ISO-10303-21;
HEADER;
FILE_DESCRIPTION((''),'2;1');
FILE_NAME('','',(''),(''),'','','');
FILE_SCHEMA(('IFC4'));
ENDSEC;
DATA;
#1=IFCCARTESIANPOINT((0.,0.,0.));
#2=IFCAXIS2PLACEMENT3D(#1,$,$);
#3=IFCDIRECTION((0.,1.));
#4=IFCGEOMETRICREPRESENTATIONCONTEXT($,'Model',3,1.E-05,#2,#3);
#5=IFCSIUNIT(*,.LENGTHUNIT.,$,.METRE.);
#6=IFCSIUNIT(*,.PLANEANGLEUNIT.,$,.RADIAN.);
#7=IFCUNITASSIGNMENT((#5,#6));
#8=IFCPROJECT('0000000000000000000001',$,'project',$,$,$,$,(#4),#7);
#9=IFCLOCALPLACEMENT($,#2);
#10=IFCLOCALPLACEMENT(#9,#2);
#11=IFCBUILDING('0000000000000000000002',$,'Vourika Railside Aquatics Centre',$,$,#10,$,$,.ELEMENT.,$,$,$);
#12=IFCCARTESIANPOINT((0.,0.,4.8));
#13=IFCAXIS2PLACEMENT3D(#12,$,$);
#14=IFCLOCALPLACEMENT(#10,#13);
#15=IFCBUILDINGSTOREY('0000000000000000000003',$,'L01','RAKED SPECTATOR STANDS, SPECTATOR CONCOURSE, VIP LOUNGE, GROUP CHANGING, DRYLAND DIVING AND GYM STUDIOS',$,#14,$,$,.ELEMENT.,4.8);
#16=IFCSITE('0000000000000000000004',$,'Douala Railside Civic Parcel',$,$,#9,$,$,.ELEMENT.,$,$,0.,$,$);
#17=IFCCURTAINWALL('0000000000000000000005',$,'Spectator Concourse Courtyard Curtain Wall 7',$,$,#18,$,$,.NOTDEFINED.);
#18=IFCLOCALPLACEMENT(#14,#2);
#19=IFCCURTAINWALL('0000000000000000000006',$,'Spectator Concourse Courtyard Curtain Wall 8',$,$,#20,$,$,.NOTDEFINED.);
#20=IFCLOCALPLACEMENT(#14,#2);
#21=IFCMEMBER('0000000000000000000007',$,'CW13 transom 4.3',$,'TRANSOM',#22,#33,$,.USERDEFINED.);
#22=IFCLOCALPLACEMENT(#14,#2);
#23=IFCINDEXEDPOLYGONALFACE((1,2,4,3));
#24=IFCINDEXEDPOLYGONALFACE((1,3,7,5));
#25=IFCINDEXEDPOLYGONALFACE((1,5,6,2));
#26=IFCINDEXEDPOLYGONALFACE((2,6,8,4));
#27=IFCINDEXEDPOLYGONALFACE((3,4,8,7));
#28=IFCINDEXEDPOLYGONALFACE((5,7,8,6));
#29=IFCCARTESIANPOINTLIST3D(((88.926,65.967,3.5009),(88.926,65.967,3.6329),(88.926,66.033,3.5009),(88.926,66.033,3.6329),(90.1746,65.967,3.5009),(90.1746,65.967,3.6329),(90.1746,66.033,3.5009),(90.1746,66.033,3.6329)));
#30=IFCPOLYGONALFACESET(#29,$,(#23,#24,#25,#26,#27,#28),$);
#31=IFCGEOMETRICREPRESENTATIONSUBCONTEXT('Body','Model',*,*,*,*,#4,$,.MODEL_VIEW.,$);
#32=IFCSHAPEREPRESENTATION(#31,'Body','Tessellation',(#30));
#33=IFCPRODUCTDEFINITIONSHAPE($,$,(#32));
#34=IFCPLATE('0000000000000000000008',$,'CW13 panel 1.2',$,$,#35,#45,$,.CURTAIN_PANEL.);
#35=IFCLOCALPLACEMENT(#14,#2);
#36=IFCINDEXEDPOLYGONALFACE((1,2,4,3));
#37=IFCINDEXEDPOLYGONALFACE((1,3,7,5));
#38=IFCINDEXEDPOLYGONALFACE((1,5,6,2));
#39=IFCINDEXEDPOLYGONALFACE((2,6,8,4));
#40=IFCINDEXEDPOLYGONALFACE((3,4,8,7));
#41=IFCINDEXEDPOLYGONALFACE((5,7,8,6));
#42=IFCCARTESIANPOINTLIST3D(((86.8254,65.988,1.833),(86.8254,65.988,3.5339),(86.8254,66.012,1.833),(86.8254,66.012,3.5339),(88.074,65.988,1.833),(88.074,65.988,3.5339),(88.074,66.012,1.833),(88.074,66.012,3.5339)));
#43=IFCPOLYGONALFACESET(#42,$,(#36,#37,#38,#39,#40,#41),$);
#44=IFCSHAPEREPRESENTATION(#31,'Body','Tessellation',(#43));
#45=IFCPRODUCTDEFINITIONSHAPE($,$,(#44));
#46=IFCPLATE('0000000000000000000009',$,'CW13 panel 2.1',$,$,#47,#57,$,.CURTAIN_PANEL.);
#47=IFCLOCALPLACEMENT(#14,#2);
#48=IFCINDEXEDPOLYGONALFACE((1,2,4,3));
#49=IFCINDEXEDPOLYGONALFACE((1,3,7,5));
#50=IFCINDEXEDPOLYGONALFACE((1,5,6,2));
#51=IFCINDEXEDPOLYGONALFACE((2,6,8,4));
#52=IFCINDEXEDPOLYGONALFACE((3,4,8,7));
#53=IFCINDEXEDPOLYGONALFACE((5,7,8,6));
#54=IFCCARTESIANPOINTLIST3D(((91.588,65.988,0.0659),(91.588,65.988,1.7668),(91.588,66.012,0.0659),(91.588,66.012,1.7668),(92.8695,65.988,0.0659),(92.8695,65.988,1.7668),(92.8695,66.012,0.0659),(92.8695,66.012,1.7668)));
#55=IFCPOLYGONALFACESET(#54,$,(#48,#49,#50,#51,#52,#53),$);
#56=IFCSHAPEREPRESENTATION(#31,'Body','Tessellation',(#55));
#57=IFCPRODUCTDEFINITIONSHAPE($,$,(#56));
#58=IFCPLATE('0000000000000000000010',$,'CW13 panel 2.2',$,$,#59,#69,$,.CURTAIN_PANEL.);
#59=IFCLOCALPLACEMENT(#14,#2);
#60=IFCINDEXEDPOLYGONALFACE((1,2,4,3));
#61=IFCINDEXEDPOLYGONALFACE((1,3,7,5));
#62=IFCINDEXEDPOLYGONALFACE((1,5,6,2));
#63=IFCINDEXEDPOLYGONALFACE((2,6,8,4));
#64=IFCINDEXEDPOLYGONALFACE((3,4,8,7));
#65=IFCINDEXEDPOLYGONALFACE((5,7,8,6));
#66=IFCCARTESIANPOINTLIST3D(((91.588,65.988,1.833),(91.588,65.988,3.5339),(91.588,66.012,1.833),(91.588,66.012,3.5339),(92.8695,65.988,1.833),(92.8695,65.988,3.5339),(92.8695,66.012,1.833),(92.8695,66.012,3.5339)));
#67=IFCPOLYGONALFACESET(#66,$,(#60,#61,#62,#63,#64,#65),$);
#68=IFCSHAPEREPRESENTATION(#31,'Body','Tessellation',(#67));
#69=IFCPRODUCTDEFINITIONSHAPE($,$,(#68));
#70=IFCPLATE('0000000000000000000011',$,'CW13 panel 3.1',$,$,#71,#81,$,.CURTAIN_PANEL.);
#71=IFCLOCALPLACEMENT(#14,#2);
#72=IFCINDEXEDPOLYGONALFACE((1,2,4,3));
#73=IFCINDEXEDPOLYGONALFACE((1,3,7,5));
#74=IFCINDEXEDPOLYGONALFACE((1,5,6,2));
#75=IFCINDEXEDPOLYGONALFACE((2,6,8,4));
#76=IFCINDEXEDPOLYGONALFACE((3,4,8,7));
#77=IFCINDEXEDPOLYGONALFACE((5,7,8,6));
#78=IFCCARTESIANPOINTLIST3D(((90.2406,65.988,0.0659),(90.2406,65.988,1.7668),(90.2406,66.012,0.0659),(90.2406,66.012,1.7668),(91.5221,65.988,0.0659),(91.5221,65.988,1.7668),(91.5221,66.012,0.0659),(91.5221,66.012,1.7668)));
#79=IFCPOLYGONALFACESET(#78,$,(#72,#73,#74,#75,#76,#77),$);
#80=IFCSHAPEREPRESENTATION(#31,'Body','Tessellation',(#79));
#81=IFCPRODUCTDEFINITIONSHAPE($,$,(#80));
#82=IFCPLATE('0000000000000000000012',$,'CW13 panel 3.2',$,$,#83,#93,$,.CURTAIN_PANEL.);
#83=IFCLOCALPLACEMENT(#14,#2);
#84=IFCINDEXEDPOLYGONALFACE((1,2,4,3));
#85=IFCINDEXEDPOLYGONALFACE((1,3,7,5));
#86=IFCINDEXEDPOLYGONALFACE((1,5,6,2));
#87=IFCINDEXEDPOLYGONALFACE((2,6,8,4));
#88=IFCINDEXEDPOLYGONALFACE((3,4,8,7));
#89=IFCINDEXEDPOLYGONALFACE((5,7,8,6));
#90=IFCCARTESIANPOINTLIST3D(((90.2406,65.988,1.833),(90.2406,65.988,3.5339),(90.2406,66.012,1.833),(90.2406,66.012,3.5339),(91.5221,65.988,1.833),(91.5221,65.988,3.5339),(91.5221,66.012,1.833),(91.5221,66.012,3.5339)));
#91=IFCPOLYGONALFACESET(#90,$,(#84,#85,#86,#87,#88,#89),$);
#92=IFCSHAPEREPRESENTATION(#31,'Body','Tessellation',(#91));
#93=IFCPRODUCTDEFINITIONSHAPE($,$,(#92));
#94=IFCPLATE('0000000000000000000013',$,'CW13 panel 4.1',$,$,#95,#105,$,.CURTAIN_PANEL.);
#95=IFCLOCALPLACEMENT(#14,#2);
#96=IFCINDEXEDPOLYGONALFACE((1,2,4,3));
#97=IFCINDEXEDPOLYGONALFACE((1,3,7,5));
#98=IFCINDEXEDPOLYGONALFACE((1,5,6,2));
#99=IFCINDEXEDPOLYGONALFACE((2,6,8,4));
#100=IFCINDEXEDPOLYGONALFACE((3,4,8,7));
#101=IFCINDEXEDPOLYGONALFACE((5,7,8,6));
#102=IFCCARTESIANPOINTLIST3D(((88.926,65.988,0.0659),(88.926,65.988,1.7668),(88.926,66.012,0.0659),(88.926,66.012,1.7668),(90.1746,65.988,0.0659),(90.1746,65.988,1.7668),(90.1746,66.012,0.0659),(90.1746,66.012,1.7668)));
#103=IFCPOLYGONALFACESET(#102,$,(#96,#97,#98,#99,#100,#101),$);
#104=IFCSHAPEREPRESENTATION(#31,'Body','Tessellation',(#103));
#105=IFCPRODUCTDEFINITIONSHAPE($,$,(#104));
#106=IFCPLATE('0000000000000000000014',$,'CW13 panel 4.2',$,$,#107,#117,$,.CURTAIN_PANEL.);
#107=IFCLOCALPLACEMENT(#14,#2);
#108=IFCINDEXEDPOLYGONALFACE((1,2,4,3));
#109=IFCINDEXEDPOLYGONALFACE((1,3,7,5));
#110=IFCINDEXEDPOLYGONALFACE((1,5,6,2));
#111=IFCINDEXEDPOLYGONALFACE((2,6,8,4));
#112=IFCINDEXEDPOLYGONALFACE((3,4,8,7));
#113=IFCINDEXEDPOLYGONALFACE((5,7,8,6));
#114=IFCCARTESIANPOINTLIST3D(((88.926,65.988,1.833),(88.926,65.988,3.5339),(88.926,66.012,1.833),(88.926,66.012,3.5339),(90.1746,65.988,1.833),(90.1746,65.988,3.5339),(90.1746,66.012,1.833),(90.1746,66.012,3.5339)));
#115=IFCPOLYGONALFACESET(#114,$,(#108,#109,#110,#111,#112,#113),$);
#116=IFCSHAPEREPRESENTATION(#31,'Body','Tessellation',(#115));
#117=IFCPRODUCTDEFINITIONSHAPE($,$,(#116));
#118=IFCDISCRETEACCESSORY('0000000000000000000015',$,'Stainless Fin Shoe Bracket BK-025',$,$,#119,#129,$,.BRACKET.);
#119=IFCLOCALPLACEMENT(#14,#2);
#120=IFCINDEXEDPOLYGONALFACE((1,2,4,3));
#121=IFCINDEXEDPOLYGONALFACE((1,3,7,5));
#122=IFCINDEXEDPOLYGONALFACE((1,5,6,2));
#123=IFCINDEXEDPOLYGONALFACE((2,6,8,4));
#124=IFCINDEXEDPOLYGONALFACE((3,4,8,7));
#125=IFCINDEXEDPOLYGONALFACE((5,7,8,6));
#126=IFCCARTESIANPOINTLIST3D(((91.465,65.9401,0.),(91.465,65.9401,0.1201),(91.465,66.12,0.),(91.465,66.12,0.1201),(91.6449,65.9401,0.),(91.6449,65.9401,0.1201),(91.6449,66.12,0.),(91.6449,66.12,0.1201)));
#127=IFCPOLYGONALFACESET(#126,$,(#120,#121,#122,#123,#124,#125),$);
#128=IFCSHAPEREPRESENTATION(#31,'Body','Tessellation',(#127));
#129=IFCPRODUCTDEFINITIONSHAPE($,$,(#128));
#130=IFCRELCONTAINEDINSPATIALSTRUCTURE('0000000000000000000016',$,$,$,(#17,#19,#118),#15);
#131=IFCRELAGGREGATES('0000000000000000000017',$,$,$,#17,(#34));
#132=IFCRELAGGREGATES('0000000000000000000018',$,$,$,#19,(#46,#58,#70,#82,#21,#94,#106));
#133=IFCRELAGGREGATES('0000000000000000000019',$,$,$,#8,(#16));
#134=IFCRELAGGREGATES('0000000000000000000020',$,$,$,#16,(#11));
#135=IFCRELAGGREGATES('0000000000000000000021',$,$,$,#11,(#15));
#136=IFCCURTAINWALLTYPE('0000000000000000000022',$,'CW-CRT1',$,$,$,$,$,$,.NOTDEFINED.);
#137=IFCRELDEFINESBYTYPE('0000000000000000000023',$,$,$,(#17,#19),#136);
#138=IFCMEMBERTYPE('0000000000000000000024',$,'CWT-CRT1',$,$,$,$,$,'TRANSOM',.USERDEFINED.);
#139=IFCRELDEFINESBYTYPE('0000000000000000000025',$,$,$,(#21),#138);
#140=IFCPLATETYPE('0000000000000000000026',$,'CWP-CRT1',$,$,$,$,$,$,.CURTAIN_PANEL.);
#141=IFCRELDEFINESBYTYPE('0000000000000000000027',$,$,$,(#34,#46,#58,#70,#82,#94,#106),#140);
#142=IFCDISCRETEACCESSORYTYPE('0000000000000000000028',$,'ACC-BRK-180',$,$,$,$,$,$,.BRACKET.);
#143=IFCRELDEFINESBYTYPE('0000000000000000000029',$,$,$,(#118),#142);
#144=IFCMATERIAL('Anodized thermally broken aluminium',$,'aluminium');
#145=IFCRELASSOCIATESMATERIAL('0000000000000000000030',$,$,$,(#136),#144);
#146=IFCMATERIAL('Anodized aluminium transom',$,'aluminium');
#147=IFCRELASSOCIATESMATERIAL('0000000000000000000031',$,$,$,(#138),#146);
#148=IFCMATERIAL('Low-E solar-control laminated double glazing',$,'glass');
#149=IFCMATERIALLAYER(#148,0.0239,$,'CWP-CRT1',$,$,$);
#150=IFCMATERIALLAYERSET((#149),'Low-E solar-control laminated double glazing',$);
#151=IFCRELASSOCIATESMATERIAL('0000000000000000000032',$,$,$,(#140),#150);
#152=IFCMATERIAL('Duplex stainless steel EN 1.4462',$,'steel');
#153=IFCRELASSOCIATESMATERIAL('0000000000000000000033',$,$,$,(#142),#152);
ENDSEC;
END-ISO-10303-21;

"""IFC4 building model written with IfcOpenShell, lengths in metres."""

from ifc_helpers import new_model, si_unit, direction, frame, origin, origin_2d, place, context, subcontext, project, spatial, rectangle, extrude, material, layer, layer_set, material_profile, profile_set, type_object, element, aggregate, save


model = new_model("IFC4")

# Units and contexts
model_context = context("Model", 3, precision=1e-05, world=origin(), true_north=direction((0.0, 1.0)))
body_context = subcontext(model_context, "Body", "Model", "MODEL_VIEW")
ifc_project = project(units=[si_unit("LENGTHUNIT", "METRE"), si_unit("PLANEANGLEUNIT", "RADIAN")], contexts=[model_context])

# Site, building, storey
site_placement = place(None, origin())
site = spatial("IfcSite", under=ifc_project, at=site_placement, Name="Douala Railside Civic Parcel", CompositionType="ELEMENT", RefElevation=0.0)
building_placement = place(site_placement, origin())
building = spatial("IfcBuilding", under=site, at=building_placement, Name="Vourika Railside Aquatics Centre", CompositionType="ELEMENT")
storey_placement = place(building_placement, frame((0.0, 0.0, 4.8)))
storey = spatial("IfcBuildingStorey", under=building, at=storey_placement, Name="L01", Description="RAKED SPECTATOR STANDS, SPECTATOR CONCOURSE, VIP LOUNGE, GROUP CHANGING, DRYLAND DIVING AND GYM STUDIOS", CompositionType="ELEMENT", Elevation=4.8)

# Curtain wall
ifc_material_1 = material(Name="Anodized thermally broken aluminium", Category="aluminium")
curtain_wall_type = type_object("IfcCurtainWallType", Name="CW-CRT1", PredefinedType="NOTDEFINED", material=ifc_material_1)
curtain_wall_1_placement = place(storey_placement, origin())
curtain_wall_1 = element("IfcCurtainWall", 1, at=curtain_wall_1_placement, inside=storey, type_object=curtain_wall_type, Name="Spectator Concourse Courtyard Curtain Wall 7", PredefinedType="NOTDEFINED")

# Curtain wall
curtain_wall_2_placement = place(storey_placement, origin())
curtain_wall_2 = element("IfcCurtainWall", 2, at=curtain_wall_2_placement, inside=storey, type_object=curtain_wall_type, Name="Spectator Concourse Courtyard Curtain Wall 8", PredefinedType="NOTDEFINED")

# Member
ifc_material_2 = material(Name="Anodized aluminium transom", Category="aluminium")
ifc_material_profile_1 = material_profile(ifc_material_2, rectangle(XDim=0.0659, YDim=0.1321, at=origin_2d()), Name="ALU-T 66x132")
ifc_profile_set_1 = profile_set([ifc_material_profile_1], Name="Anodized aluminium transom")
member_type_1 = type_object("IfcMemberType", Name="CWT-CRT1", ElementType="TRANSOM", PredefinedType="USERDEFINED", material=ifc_profile_set_1)
member_1_placement = place(storey_placement, frame((90.1746, 66.0, 3.5669), z_axis=(-1.0, 0.0, 0.0), x_axis=(0.0, -1.0, 0.0)))
member_1 = element("IfcMember", 3, at=member_1_placement, type_object=member_type_1, Name="CW13 transom 4.3", ObjectType="TRANSOM", PredefinedType="USERDEFINED", context=body_context, shape_type="SweptSolid", body=[
    extrude(rectangle(XDim=0.0659, YDim=0.1321, at=origin_2d()), origin(), (0.0, 0.0, 1.0), 1.2485),
])

# Plates
ifc_material_3 = material(Name="Low-E solar-control laminated double glazing", Category="glass")
ifc_layer = layer(ifc_material_3, 0.0239, Name="CWP-CRT1")
ifc_layer_set = layer_set([ifc_layer], Name="Low-E solar-control laminated double glazing")
plate_type = type_object("IfcPlateType", Name="CWP-CRT1", PredefinedType="CURTAIN_PANEL", material=ifc_layer_set)
plate_1_placement = place(storey_placement, frame((87.4497, 66.0, 1.833), z_axis=(0.0, 0.0, 1.0), x_axis=(-1.0, 0.0, 0.0)))
plate_1 = element("IfcPlate", 4, at=plate_1_placement, type_object=plate_type, Name="CW13 panel 1.2", PredefinedType="CURTAIN_PANEL", context=body_context, shape_type="SweptSolid", body=[
    extrude(rectangle(XDim=1.2485, YDim=0.0239, at=origin_2d()), origin(), (0.0, 0.0, 1.0), 1.7009),
])
aggregate(curtain_wall_1, [plate_1])
plate_2_placement = place(storey_placement, frame((92.2288, 66.0, 0.0659), z_axis=(0.0, 0.0, 1.0), x_axis=(-1.0, 0.0, 0.0)))
plate_2 = element("IfcPlate", 5, at=plate_2_placement, type_object=plate_type, Name="CW13 panel 2.1", PredefinedType="CURTAIN_PANEL", context=body_context, shape_type="SweptSolid", body=[
    extrude(rectangle(XDim=1.2815, YDim=0.0239, at=origin_2d()), origin(), (0.0, 0.0, 1.0), 1.7009),
])
plate_3_placement = place(storey_placement, frame((92.2288, 66.0, 1.833), z_axis=(0.0, 0.0, 1.0), x_axis=(-1.0, 0.0, 0.0)))
plate_3 = element("IfcPlate", 6, at=plate_3_placement, type_object=plate_type, Name="CW13 panel 2.2", PredefinedType="CURTAIN_PANEL", context=body_context, shape_type="SweptSolid", body=[
    extrude(rectangle(XDim=1.2815, YDim=0.0239, at=origin_2d()), origin(), (0.0, 0.0, 1.0), 1.7009),
])
plate_4_placement = place(storey_placement, frame((90.8813, 66.0, 0.0659), z_axis=(0.0, 0.0, 1.0), x_axis=(-1.0, 0.0, 0.0)))
plate_4 = element("IfcPlate", 7, at=plate_4_placement, type_object=plate_type, Name="CW13 panel 3.1", PredefinedType="CURTAIN_PANEL", context=body_context, shape_type="SweptSolid", body=[
    extrude(rectangle(XDim=1.2815, YDim=0.0239, at=origin_2d()), origin(), (0.0, 0.0, 1.0), 1.7009),
])
plate_5_placement = place(storey_placement, frame((90.8813, 66.0, 1.833), z_axis=(0.0, 0.0, 1.0), x_axis=(-1.0, 0.0, 0.0)))
plate_5 = element("IfcPlate", 8, at=plate_5_placement, type_object=plate_type, Name="CW13 panel 3.2", PredefinedType="CURTAIN_PANEL", context=body_context, shape_type="SweptSolid", body=[
    extrude(rectangle(XDim=1.2815, YDim=0.0239, at=origin_2d()), origin(), (0.0, 0.0, 1.0), 1.7009),
])
plate_6_placement = place(storey_placement, frame((89.5503, 66.0, 0.0659), z_axis=(0.0, 0.0, 1.0), x_axis=(-1.0, 0.0, 0.0)))
plate_6 = element("IfcPlate", 9, at=plate_6_placement, type_object=plate_type, Name="CW13 panel 4.1", PredefinedType="CURTAIN_PANEL", context=body_context, shape_type="SweptSolid", body=[
    extrude(rectangle(XDim=1.2485, YDim=0.0239, at=origin_2d()), origin(), (0.0, 0.0, 1.0), 1.7009),
])
plate_7_placement = place(storey_placement, frame((89.5503, 66.0, 1.833), z_axis=(0.0, 0.0, 1.0), x_axis=(-1.0, 0.0, 0.0)))
plate_7 = element("IfcPlate", 10, at=plate_7_placement, type_object=plate_type, Name="CW13 panel 4.2", PredefinedType="CURTAIN_PANEL", context=body_context, shape_type="SweptSolid", body=[
    extrude(rectangle(XDim=1.2485, YDim=0.0239, at=origin_2d()), origin(), (0.0, 0.0, 1.0), 1.7009),
])
aggregate(curtain_wall_2, [plate_2, plate_3, plate_4, plate_5, member_1, plate_6, plate_7])

# Discrete accessory
ifc_material_4 = material(Name="Duplex stainless steel EN 1.4462", Category="steel")
discrete_accessory_type = type_object("IfcDiscreteAccessoryType", Name="ACC-BRK-180", PredefinedType="BRACKET", material=ifc_material_4)
discrete_accessory_placement = place(storey_placement, frame((91.5549, 66.03, 0.0), z_axis=(0.0, 0.0, 1.0), x_axis=(0.0, 1.0, 0.0)))
element("IfcDiscreteAccessory", 11, at=discrete_accessory_placement, inside=storey, type_object=discrete_accessory_type, Name="Stainless Fin Shoe Bracket BK-025", PredefinedType="BRACKET", context=body_context, shape_type="SweptSolid", body=[
    extrude(rectangle(XDim=0.1799, YDim=0.1799, at=origin_2d()), origin(), (0.0, 0.0, 1.0), 0.1201),
])

save(model, "model.ifc")
